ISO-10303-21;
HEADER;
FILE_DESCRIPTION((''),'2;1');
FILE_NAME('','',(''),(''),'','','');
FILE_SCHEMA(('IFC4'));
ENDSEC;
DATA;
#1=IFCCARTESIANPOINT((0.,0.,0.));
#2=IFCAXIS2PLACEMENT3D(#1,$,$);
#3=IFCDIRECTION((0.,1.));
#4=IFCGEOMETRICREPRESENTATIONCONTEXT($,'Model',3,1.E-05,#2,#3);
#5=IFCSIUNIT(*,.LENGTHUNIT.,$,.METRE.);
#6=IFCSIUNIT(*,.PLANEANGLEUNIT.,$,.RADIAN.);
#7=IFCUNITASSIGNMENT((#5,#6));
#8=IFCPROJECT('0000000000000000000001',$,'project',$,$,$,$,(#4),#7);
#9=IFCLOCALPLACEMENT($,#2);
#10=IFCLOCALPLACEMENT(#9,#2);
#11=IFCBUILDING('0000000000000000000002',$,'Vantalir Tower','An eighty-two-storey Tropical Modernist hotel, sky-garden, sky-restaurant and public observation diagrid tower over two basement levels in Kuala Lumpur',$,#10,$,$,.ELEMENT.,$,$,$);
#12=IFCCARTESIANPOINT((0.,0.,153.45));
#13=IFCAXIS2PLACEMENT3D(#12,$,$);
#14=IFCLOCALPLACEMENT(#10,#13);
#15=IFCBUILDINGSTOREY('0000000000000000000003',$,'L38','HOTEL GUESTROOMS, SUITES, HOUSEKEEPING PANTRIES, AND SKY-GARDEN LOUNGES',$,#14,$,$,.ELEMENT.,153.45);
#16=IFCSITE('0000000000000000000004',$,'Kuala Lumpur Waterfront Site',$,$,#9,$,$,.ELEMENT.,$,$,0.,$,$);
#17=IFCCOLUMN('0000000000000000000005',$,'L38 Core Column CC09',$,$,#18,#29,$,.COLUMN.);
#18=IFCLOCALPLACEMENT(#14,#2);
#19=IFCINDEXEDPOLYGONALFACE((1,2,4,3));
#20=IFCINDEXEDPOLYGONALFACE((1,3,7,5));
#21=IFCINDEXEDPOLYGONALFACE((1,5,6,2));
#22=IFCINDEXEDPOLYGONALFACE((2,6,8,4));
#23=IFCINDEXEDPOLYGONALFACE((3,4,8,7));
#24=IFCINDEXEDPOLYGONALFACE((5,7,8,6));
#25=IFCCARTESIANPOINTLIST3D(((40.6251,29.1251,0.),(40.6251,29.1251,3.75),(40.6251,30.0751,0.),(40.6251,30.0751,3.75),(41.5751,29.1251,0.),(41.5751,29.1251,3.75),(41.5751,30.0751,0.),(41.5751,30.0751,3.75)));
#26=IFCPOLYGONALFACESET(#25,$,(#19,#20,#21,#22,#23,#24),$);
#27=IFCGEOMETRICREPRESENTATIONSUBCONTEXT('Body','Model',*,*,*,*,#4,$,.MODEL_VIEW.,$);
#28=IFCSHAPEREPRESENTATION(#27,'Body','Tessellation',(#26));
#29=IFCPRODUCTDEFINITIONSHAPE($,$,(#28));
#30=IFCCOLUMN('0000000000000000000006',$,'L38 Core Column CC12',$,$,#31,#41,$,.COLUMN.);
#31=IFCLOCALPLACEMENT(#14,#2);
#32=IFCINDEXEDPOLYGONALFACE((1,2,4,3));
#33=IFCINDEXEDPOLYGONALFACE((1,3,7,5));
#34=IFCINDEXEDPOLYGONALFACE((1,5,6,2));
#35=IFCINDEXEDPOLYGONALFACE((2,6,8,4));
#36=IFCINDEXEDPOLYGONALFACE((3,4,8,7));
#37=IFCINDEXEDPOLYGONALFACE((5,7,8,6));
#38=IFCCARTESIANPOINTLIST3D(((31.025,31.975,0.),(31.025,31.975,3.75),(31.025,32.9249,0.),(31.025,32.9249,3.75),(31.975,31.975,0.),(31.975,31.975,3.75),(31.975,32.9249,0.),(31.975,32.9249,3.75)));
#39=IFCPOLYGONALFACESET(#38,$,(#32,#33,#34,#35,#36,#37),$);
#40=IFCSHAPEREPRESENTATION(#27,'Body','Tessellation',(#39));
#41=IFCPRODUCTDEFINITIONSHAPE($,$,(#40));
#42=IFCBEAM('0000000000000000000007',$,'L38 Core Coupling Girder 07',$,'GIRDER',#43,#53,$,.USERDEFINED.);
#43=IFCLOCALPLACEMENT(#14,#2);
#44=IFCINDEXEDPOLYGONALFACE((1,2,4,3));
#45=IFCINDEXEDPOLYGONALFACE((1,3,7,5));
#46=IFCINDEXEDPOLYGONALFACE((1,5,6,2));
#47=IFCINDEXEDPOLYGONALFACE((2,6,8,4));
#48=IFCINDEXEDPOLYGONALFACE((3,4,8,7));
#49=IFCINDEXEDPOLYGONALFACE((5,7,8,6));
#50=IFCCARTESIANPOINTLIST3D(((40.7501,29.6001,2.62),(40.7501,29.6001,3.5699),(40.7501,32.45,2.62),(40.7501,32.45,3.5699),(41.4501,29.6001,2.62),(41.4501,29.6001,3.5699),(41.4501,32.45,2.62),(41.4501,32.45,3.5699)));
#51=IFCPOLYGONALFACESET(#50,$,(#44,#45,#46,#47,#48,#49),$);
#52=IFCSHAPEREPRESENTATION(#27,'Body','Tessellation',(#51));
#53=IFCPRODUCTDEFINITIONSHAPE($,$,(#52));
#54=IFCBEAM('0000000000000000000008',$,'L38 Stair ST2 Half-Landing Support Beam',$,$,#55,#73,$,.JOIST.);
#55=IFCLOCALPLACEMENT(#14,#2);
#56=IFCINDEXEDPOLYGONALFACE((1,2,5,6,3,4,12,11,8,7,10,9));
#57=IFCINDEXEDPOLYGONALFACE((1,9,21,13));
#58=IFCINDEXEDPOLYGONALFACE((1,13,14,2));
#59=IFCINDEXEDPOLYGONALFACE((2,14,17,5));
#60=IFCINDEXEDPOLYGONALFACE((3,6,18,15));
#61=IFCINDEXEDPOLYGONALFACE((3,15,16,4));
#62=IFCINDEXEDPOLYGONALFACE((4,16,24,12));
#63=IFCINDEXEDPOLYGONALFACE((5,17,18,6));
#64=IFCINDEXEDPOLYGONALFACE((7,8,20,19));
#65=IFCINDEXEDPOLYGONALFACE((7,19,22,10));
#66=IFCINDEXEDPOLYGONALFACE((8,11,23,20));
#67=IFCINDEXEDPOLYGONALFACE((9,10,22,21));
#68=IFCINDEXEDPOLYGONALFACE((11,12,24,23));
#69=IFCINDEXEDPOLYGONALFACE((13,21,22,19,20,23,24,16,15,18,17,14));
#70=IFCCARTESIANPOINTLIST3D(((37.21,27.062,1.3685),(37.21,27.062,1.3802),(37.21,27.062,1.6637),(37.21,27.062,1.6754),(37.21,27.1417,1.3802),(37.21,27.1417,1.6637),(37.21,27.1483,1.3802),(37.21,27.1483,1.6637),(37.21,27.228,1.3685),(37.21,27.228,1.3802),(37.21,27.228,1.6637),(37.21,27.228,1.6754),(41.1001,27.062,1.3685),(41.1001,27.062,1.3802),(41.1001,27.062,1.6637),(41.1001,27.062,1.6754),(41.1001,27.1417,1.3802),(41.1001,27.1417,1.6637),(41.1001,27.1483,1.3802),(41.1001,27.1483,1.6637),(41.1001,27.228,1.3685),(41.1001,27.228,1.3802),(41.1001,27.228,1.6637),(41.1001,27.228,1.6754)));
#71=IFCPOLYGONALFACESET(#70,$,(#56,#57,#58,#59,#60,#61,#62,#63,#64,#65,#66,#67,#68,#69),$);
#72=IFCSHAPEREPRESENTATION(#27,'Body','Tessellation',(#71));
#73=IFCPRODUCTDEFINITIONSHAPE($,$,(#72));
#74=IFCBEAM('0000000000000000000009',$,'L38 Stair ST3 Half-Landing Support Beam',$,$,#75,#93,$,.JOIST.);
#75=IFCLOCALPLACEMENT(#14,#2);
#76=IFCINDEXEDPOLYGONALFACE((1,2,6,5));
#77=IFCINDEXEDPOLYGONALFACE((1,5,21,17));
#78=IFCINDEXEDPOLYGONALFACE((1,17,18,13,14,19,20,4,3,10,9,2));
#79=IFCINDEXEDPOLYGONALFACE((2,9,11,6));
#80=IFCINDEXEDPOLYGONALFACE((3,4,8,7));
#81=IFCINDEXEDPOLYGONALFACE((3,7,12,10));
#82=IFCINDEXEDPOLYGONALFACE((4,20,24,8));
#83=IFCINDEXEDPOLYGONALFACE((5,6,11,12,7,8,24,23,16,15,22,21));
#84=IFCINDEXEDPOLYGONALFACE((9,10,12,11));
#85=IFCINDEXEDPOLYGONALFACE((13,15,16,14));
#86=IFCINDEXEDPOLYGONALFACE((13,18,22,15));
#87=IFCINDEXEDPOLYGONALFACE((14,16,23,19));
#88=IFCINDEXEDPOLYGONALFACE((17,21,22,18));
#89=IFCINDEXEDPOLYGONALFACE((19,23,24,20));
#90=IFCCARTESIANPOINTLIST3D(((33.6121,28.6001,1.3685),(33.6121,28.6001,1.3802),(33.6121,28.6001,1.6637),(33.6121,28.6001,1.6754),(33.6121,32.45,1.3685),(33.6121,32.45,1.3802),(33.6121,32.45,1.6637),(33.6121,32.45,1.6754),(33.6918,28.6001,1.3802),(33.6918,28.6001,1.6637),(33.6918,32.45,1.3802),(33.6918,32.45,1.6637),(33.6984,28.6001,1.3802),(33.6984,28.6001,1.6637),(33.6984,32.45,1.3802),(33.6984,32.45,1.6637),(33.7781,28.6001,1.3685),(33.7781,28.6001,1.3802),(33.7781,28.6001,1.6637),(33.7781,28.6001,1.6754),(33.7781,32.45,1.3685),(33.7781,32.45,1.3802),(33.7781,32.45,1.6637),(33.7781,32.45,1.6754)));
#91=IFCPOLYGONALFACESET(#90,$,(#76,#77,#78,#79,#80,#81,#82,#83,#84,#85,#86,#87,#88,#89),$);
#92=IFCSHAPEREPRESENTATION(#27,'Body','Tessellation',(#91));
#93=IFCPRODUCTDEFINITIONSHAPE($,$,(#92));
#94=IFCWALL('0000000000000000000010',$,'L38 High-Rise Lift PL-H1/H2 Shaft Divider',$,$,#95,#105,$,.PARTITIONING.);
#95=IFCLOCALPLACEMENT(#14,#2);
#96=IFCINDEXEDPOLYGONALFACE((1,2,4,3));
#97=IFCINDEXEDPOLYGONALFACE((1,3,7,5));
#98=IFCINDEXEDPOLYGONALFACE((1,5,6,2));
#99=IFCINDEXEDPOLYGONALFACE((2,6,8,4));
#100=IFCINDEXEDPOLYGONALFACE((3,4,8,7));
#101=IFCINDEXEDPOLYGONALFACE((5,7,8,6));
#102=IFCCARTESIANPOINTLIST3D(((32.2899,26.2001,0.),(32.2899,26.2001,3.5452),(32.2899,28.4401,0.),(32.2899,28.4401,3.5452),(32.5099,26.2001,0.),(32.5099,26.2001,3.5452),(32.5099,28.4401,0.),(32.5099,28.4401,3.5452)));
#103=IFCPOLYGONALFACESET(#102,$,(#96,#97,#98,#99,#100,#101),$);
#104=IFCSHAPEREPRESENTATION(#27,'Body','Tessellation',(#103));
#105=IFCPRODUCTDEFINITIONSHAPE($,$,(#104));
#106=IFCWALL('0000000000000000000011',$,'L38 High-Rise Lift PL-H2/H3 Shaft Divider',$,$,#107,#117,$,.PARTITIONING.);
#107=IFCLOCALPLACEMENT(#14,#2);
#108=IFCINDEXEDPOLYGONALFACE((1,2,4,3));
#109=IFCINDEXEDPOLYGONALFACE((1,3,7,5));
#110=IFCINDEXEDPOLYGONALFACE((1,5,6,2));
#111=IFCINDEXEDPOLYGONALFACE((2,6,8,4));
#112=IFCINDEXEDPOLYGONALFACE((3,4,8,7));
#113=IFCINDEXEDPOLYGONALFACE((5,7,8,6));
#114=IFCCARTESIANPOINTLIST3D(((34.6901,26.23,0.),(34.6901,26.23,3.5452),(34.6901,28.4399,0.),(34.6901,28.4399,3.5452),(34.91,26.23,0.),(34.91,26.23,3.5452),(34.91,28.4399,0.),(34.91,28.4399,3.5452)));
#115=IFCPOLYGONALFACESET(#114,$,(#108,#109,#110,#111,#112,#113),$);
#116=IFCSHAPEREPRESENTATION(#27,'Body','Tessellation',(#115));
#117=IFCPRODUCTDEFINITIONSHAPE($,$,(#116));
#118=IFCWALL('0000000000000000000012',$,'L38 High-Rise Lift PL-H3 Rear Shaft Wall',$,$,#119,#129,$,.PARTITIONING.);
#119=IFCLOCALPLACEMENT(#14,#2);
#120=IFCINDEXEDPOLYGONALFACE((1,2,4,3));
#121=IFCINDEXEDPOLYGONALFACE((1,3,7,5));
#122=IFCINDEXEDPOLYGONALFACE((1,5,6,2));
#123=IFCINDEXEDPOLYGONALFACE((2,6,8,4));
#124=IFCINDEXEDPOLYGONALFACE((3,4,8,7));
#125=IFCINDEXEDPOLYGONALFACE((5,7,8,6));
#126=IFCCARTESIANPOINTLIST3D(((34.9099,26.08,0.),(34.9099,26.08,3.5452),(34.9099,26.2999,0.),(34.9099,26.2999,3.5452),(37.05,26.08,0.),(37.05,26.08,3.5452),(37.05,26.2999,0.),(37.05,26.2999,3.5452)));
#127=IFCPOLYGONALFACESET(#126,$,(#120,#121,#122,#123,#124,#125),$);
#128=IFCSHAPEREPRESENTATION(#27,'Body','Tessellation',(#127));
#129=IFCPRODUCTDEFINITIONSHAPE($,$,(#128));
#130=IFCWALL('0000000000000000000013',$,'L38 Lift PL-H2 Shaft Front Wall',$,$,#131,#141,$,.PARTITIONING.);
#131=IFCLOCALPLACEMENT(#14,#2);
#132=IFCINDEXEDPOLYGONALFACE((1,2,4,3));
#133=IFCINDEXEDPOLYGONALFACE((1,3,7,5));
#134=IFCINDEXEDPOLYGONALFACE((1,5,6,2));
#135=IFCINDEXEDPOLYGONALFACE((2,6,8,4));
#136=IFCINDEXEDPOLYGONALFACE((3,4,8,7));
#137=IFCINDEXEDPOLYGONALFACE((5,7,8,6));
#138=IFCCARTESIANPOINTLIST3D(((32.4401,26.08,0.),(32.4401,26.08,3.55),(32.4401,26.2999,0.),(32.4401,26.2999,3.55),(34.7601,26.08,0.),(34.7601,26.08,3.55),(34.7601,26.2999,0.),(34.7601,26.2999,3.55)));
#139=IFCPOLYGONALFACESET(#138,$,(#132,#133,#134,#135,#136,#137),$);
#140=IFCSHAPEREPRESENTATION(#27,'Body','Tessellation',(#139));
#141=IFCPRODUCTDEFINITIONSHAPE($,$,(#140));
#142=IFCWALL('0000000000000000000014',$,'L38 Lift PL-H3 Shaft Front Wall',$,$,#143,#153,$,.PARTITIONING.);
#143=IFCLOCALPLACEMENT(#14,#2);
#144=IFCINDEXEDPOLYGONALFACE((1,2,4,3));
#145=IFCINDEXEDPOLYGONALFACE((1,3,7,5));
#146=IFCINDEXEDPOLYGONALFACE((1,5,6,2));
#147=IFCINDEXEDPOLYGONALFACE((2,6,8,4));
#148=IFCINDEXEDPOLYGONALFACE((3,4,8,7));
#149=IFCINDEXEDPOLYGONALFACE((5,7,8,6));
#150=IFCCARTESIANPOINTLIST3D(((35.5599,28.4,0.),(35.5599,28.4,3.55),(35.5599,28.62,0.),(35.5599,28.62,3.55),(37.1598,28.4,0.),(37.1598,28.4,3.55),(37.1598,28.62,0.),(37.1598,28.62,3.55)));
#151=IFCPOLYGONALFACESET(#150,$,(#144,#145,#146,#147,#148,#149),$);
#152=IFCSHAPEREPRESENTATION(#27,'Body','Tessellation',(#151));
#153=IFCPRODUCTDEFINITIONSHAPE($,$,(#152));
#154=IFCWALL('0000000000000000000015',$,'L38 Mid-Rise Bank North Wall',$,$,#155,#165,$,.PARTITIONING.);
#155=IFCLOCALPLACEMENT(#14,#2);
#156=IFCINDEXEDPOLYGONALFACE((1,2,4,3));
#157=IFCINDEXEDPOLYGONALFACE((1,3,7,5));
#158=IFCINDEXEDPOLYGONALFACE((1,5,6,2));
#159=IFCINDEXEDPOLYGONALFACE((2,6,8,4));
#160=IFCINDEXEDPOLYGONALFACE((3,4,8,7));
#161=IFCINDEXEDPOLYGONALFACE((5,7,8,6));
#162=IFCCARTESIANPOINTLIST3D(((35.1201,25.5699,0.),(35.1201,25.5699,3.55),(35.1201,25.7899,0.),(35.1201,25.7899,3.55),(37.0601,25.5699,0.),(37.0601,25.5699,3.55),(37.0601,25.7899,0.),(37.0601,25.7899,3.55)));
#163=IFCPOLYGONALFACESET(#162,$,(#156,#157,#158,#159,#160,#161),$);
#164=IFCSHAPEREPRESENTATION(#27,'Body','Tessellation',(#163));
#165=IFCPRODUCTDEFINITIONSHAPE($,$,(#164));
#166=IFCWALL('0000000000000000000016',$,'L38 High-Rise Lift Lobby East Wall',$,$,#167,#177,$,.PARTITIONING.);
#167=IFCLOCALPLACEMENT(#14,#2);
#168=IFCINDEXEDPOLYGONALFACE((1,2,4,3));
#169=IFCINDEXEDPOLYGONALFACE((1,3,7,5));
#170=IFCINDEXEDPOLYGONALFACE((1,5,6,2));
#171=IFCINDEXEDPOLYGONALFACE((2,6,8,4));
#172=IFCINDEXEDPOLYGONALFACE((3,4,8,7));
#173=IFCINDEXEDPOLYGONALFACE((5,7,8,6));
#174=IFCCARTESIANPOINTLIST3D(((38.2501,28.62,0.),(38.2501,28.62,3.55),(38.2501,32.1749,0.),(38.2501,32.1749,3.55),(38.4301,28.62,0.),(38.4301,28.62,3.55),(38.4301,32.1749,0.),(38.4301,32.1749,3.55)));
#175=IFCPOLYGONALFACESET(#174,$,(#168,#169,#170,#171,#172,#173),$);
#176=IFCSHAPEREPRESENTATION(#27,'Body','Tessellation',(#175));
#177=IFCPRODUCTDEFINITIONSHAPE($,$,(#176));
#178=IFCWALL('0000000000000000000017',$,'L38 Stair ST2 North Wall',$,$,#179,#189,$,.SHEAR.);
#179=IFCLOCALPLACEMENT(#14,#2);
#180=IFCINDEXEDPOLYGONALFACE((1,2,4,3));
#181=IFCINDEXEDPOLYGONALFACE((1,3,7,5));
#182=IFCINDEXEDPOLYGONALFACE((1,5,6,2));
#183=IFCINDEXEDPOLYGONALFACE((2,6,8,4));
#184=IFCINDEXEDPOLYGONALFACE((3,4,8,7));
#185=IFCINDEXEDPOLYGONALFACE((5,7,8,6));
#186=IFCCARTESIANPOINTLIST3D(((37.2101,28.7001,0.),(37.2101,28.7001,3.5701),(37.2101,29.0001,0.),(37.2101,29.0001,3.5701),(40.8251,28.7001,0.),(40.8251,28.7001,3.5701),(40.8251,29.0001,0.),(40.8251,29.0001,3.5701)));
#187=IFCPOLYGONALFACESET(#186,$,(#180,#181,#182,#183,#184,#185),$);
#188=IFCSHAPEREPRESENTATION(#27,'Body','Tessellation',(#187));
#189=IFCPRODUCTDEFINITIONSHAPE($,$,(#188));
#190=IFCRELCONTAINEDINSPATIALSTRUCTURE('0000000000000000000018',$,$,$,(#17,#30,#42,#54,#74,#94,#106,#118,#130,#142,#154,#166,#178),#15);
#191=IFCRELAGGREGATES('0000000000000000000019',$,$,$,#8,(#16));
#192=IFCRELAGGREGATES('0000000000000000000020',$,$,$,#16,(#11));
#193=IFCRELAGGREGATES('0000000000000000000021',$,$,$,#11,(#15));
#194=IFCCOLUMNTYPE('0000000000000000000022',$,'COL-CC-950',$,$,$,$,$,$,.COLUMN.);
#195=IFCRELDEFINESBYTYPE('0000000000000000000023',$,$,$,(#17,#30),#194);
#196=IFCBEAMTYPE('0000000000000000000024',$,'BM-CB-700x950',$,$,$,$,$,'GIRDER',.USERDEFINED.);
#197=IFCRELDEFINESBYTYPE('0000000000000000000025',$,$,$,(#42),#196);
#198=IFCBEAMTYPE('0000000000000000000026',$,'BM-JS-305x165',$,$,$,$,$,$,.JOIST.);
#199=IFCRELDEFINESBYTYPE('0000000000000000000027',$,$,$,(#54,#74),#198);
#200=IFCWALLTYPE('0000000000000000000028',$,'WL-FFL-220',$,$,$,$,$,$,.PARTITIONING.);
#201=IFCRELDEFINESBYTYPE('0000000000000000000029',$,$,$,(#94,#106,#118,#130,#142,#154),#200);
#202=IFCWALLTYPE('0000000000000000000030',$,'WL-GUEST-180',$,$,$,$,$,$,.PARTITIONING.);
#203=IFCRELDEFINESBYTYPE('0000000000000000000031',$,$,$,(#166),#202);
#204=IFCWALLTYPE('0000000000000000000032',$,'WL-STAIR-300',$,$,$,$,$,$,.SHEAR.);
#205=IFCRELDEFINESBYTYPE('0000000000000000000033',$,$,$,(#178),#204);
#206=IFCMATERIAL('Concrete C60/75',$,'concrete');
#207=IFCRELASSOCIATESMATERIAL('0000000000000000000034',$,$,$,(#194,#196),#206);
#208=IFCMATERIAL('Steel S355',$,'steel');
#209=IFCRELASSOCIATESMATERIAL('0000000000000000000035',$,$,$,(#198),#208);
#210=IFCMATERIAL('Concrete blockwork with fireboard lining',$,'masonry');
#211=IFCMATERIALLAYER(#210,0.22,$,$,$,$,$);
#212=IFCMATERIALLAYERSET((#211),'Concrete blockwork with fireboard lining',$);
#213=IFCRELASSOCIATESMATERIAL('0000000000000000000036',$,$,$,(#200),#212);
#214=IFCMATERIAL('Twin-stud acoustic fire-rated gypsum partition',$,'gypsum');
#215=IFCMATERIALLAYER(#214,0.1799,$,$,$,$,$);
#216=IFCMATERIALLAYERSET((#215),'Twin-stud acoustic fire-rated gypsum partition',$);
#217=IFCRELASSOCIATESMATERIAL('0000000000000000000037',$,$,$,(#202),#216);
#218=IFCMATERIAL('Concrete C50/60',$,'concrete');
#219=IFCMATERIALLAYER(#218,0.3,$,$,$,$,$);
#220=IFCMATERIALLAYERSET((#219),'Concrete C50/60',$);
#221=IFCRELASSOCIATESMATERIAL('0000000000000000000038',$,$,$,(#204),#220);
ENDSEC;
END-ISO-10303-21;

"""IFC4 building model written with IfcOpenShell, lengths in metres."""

from ifc_helpers import new_model, si_unit, direction, frame, frame_2d, origin, origin_2d, place, context, subcontext, project, spatial, rectangle, i_section, extrude, material, layer, layer_set, material_profile, profile_set, type_object, element, save


model = new_model("IFC4")

# Units and contexts
model_context = context("Model", 3, precision=1e-05, world=origin(), true_north=direction((0.0, 1.0)))
body_context = subcontext(model_context, "Body", "Model", "MODEL_VIEW")
ifc_project = project(units=[si_unit("LENGTHUNIT", "METRE"), si_unit("PLANEANGLEUNIT", "RADIAN")], contexts=[model_context])

# Site, building, storey
site_placement = place(None, origin())
site = spatial("IfcSite", under=ifc_project, at=site_placement, Name="Kuala Lumpur Waterfront Site", CompositionType="ELEMENT", RefElevation=0.0)
building_placement = place(site_placement, origin())
building = spatial("IfcBuilding", under=site, at=building_placement, Name="Vantalir Tower", Description="An eighty-two-storey Tropical Modernist hotel, sky-garden, sky-restaurant and public observation diagrid tower over two basement levels in Kuala Lumpur", CompositionType="ELEMENT")
storey_placement = place(building_placement, frame((0.0, 0.0, 153.45)))
storey = spatial("IfcBuildingStorey", under=building, at=storey_placement, Name="L38", Description="HOTEL GUESTROOMS, SUITES, HOUSEKEEPING PANTRIES, AND SKY-GARDEN LOUNGES", CompositionType="ELEMENT", Elevation=153.45)

# Columns
ifc_material_1 = material(Name="Concrete C60/75", Category="concrete")
ifc_material_profile_1 = material_profile(ifc_material_1, rectangle(XDim=0.95, YDim=0.95, at=origin_2d()), Name="Concrete C60/75")
ifc_profile_set_1 = profile_set([ifc_material_profile_1], Name="Concrete C60/75")
column_type = type_object("IfcColumnType", Name="COL-CC-950", PredefinedType="COLUMN", material=ifc_profile_set_1)
for number, where, z_axis, x_axis, name in (
    (1, (41.1001, 29.6001, 0.0), (0.0, 0.0, 1.0), (1.0, 0.0, 0.0), "L38 Core Column CC09"),
    (2, (31.5, 32.45, 0.0), (0.0, 0.0, 1.0), (1.0, 0.0, 0.0), "L38 Core Column CC12"),
):
    element("IfcColumn", number, at=place(storey_placement, frame(where, z_axis=z_axis, x_axis=x_axis)), inside=storey, type_object=column_type, Name=name, PredefinedType="COLUMN", context=body_context, shape_type="SweptSolid", body=[
        extrude(rectangle(XDim=0.95, YDim=0.95, at=origin_2d()), origin(), (0.0, 0.0, 1.0), 3.75),
    ])

# Beams
ifc_material_profile_2 = material_profile(ifc_material_1, rectangle(XDim=0.7, YDim=0.95, at=origin_2d()), Name="Concrete C60/75")
ifc_profile_set_2 = profile_set([ifc_material_profile_2], Name="Concrete C60/75")
beam_type_1 = type_object("IfcBeamType", Name="BM-CB-700x950", ElementType="GIRDER", PredefinedType="USERDEFINED", material=ifc_profile_set_2)
beam_1_placement = place(storey_placement, frame((41.1001, 29.6001, 3.095), z_axis=(0.0, 1.0, 0.0), x_axis=(-1.0, 0.0, 0.0)))
element("IfcBeam", 3, at=beam_1_placement, inside=storey, type_object=beam_type_1, Name="L38 Core Coupling Girder 07", ObjectType="GIRDER", PredefinedType="USERDEFINED", context=body_context, shape_type="SweptSolid", body=[
    extrude(rectangle(XDim=0.7, YDim=0.95, at=origin_2d()), origin(), (0.0, 0.0, 1.0), 2.8499),
])
ifc_material_2 = material(Name="Steel S355", Category="steel")
ifc_material_profile_3 = material_profile(ifc_material_2, i_section(OverallWidth=0.166, OverallDepth=0.3069, WebThickness=0.0066, FlangeThickness=0.0117, at=origin_2d()), Name="Steel S355")
ifc_profile_set_3 = profile_set([ifc_material_profile_3], Name="Steel S355")
beam_type_2 = type_object("IfcBeamType", Name="BM-JS-305x165", PredefinedType="JOIST", material=ifc_profile_set_3)
beam_2_placement = place(storey_placement, frame((37.21, 27.145, 1.522), z_axis=(1.0, 0.0, 0.0), x_axis=(0.0, 1.0, 0.0)))
element("IfcBeam", 4, at=beam_2_placement, inside=storey, type_object=beam_type_2, Name="L38 Stair ST2 Half-Landing Support Beam", PredefinedType="JOIST", context=body_context, shape_type="SweptSolid", body=[
    extrude(i_section(OverallWidth=0.166, OverallDepth=0.3069, WebThickness=0.0066, FlangeThickness=0.0117, at=origin_2d()), origin(), (0.0, 0.0, 1.0), 3.8901),
])
beam_3_placement = place(storey_placement, frame((33.6951, 28.6001, 1.522), z_axis=(0.0, 1.0, 0.0), x_axis=(-1.0, 0.0, 0.0)))
element("IfcBeam", 5, at=beam_3_placement, inside=storey, type_object=beam_type_2, Name="L38 Stair ST3 Half-Landing Support Beam", PredefinedType="JOIST", context=body_context, shape_type="SweptSolid", body=[
    extrude(i_section(OverallWidth=0.166, OverallDepth=0.3069, WebThickness=0.0066, FlangeThickness=0.0117, at=origin_2d()), origin(), (0.0, 0.0, 1.0), 3.8499),
])

# Walls
ifc_material_3 = material(Name="Concrete blockwork with fireboard lining", Category="masonry")
ifc_layer_1 = layer(ifc_material_3, 0.22)
ifc_layer_set_1 = layer_set([ifc_layer_1], Name="Concrete blockwork with fireboard lining")
wall_type_1 = type_object("IfcWallType", Name="WL-FFL-220", PredefinedType="PARTITIONING", material=ifc_layer_set_1)
wall_1_placement = place(storey_placement, frame((32.3999, 26.2, 0.0), z_axis=(0.0, 0.0, 1.0), x_axis=(0.0, 1.0, 0.0)))
element("IfcWall", 6, at=wall_1_placement, inside=storey, type_object=wall_type_1, Name="L38 High-Rise Lift PL-H1/H2 Shaft Divider", PredefinedType="PARTITIONING", context=body_context, shape_type="SweptSolid", body=[
    extrude(rectangle(XDim=2.24, YDim=0.22, at=frame_2d((1.1201, 0.0))), origin(), (0.0, 0.0, 1.0), 3.5452),
])
wall_2_placement = place(storey_placement, frame((34.8, 26.23, 0.0), z_axis=(0.0, 0.0, 1.0), x_axis=(0.0, 1.0, 0.0)))
element("IfcWall", 7, at=wall_2_placement, inside=storey, type_object=wall_type_1, Name="L38 High-Rise Lift PL-H2/H3 Shaft Divider", PredefinedType="PARTITIONING", context=body_context, shape_type="SweptSolid", body=[
    extrude(rectangle(XDim=2.21, YDim=0.22, at=frame_2d((1.105, 0.0))), origin(), (0.0, 0.0, 1.0), 3.5452),
])
wall_3_placement = place(storey_placement, frame((34.9099, 26.1899, 0.0), z_axis=(0.0, 0.0, 1.0), x_axis=(1.0, 0.0, 0.0)))
element("IfcWall", 8, at=wall_3_placement, inside=storey, type_object=wall_type_1, Name="L38 High-Rise Lift PL-H3 Rear Shaft Wall", PredefinedType="PARTITIONING", context=body_context, shape_type="SweptSolid", body=[
    extrude(rectangle(XDim=2.1401, YDim=0.22, at=frame_2d((1.0701, 0.0))), origin(), (0.0, 0.0, 1.0), 3.5452),
])
wall_4_placement = place(storey_placement, frame((32.4399, 26.1899, 0.0), z_axis=(0.0, 0.0, 1.0), x_axis=(1.0, 0.0, 0.0)))
element("IfcWall", 9, at=wall_4_placement, inside=storey, type_object=wall_type_1, Name="L38 Lift PL-H2 Shaft Front Wall", PredefinedType="PARTITIONING", context=body_context, shape_type="SweptSolid", body=[
    extrude(rectangle(XDim=2.3201, YDim=0.22, at=frame_2d((1.1602, 0.0))), origin(), (0.0, 0.0, 1.0), 3.55),
])
wall_5_placement = place(storey_placement, frame((35.5601, 28.51, 0.0), z_axis=(0.0, 0.0, 1.0), x_axis=(1.0, 0.0, 0.0)))
element("IfcWall", 10, at=wall_5_placement, inside=storey, type_object=wall_type_1, Name="L38 Lift PL-H3 Shaft Front Wall", PredefinedType="PARTITIONING", context=body_context, shape_type="SweptSolid", body=[
    extrude(rectangle(XDim=1.5999, YDim=0.22, at=frame_2d((0.7998, 0.0))), origin(), (0.0, 0.0, 1.0), 3.55),
])
wall_6_placement = place(storey_placement, frame((35.1201, 25.6799, 0.0), z_axis=(0.0, 0.0, 1.0), x_axis=(1.0, 0.0, 0.0)))
element("IfcWall", 11, at=wall_6_placement, inside=storey, type_object=wall_type_1, Name="L38 Mid-Rise Bank North Wall", PredefinedType="PARTITIONING", context=body_context, shape_type="SweptSolid", body=[
    extrude(rectangle(XDim=1.9399, YDim=0.22, at=frame_2d((0.97, 0.0))), origin(), (0.0, 0.0, 1.0), 3.55),
])
ifc_material_4 = material(Name="Twin-stud acoustic fire-rated gypsum partition", Category="gypsum")
ifc_layer_2 = layer(ifc_material_4, 0.1799)
ifc_layer_set_2 = layer_set([ifc_layer_2], Name="Twin-stud acoustic fire-rated gypsum partition")
wall_type_2 = type_object("IfcWallType", Name="WL-GUEST-180", PredefinedType="PARTITIONING", material=ifc_layer_set_2)
wall_7_placement = place(storey_placement, frame((38.3401, 28.6201, 0.0), z_axis=(0.0, 0.0, 1.0), x_axis=(0.0, 1.0, 0.0)))
element("IfcWall", 12, at=wall_7_placement, inside=storey, type_object=wall_type_2, Name="L38 High-Rise Lift Lobby East Wall", PredefinedType="PARTITIONING", context=body_context, shape_type="SweptSolid", body=[
    extrude(rectangle(XDim=3.5549, YDim=0.1799, at=frame_2d((1.7773, 0.0))), origin(), (0.0, 0.0, 1.0), 3.55),
])
ifc_material_5 = material(Name="Concrete C50/60", Category="concrete")
ifc_layer_3 = layer(ifc_material_5, 0.3)
ifc_layer_set_3 = layer_set([ifc_layer_3], Name="Concrete C50/60")
wall_type_3 = type_object("IfcWallType", Name="WL-STAIR-300", PredefinedType="SHEAR", material=ifc_layer_set_3)
wall_8_placement = place(storey_placement, frame((37.21, 28.8501, 0.0), z_axis=(0.0, 0.0, 1.0), x_axis=(1.0, 0.0, 0.0)))
element("IfcWall", 13, at=wall_8_placement, inside=storey, type_object=wall_type_3, Name="L38 Stair ST2 North Wall", PredefinedType="SHEAR", context=body_context, shape_type="SweptSolid", body=[
    extrude(rectangle(XDim=3.615, YDim=0.3, at=frame_2d((1.8076, 0.0))), origin(), (0.0, 0.0, 1.0), 3.5701),
])

save(model, "model.ifc")
